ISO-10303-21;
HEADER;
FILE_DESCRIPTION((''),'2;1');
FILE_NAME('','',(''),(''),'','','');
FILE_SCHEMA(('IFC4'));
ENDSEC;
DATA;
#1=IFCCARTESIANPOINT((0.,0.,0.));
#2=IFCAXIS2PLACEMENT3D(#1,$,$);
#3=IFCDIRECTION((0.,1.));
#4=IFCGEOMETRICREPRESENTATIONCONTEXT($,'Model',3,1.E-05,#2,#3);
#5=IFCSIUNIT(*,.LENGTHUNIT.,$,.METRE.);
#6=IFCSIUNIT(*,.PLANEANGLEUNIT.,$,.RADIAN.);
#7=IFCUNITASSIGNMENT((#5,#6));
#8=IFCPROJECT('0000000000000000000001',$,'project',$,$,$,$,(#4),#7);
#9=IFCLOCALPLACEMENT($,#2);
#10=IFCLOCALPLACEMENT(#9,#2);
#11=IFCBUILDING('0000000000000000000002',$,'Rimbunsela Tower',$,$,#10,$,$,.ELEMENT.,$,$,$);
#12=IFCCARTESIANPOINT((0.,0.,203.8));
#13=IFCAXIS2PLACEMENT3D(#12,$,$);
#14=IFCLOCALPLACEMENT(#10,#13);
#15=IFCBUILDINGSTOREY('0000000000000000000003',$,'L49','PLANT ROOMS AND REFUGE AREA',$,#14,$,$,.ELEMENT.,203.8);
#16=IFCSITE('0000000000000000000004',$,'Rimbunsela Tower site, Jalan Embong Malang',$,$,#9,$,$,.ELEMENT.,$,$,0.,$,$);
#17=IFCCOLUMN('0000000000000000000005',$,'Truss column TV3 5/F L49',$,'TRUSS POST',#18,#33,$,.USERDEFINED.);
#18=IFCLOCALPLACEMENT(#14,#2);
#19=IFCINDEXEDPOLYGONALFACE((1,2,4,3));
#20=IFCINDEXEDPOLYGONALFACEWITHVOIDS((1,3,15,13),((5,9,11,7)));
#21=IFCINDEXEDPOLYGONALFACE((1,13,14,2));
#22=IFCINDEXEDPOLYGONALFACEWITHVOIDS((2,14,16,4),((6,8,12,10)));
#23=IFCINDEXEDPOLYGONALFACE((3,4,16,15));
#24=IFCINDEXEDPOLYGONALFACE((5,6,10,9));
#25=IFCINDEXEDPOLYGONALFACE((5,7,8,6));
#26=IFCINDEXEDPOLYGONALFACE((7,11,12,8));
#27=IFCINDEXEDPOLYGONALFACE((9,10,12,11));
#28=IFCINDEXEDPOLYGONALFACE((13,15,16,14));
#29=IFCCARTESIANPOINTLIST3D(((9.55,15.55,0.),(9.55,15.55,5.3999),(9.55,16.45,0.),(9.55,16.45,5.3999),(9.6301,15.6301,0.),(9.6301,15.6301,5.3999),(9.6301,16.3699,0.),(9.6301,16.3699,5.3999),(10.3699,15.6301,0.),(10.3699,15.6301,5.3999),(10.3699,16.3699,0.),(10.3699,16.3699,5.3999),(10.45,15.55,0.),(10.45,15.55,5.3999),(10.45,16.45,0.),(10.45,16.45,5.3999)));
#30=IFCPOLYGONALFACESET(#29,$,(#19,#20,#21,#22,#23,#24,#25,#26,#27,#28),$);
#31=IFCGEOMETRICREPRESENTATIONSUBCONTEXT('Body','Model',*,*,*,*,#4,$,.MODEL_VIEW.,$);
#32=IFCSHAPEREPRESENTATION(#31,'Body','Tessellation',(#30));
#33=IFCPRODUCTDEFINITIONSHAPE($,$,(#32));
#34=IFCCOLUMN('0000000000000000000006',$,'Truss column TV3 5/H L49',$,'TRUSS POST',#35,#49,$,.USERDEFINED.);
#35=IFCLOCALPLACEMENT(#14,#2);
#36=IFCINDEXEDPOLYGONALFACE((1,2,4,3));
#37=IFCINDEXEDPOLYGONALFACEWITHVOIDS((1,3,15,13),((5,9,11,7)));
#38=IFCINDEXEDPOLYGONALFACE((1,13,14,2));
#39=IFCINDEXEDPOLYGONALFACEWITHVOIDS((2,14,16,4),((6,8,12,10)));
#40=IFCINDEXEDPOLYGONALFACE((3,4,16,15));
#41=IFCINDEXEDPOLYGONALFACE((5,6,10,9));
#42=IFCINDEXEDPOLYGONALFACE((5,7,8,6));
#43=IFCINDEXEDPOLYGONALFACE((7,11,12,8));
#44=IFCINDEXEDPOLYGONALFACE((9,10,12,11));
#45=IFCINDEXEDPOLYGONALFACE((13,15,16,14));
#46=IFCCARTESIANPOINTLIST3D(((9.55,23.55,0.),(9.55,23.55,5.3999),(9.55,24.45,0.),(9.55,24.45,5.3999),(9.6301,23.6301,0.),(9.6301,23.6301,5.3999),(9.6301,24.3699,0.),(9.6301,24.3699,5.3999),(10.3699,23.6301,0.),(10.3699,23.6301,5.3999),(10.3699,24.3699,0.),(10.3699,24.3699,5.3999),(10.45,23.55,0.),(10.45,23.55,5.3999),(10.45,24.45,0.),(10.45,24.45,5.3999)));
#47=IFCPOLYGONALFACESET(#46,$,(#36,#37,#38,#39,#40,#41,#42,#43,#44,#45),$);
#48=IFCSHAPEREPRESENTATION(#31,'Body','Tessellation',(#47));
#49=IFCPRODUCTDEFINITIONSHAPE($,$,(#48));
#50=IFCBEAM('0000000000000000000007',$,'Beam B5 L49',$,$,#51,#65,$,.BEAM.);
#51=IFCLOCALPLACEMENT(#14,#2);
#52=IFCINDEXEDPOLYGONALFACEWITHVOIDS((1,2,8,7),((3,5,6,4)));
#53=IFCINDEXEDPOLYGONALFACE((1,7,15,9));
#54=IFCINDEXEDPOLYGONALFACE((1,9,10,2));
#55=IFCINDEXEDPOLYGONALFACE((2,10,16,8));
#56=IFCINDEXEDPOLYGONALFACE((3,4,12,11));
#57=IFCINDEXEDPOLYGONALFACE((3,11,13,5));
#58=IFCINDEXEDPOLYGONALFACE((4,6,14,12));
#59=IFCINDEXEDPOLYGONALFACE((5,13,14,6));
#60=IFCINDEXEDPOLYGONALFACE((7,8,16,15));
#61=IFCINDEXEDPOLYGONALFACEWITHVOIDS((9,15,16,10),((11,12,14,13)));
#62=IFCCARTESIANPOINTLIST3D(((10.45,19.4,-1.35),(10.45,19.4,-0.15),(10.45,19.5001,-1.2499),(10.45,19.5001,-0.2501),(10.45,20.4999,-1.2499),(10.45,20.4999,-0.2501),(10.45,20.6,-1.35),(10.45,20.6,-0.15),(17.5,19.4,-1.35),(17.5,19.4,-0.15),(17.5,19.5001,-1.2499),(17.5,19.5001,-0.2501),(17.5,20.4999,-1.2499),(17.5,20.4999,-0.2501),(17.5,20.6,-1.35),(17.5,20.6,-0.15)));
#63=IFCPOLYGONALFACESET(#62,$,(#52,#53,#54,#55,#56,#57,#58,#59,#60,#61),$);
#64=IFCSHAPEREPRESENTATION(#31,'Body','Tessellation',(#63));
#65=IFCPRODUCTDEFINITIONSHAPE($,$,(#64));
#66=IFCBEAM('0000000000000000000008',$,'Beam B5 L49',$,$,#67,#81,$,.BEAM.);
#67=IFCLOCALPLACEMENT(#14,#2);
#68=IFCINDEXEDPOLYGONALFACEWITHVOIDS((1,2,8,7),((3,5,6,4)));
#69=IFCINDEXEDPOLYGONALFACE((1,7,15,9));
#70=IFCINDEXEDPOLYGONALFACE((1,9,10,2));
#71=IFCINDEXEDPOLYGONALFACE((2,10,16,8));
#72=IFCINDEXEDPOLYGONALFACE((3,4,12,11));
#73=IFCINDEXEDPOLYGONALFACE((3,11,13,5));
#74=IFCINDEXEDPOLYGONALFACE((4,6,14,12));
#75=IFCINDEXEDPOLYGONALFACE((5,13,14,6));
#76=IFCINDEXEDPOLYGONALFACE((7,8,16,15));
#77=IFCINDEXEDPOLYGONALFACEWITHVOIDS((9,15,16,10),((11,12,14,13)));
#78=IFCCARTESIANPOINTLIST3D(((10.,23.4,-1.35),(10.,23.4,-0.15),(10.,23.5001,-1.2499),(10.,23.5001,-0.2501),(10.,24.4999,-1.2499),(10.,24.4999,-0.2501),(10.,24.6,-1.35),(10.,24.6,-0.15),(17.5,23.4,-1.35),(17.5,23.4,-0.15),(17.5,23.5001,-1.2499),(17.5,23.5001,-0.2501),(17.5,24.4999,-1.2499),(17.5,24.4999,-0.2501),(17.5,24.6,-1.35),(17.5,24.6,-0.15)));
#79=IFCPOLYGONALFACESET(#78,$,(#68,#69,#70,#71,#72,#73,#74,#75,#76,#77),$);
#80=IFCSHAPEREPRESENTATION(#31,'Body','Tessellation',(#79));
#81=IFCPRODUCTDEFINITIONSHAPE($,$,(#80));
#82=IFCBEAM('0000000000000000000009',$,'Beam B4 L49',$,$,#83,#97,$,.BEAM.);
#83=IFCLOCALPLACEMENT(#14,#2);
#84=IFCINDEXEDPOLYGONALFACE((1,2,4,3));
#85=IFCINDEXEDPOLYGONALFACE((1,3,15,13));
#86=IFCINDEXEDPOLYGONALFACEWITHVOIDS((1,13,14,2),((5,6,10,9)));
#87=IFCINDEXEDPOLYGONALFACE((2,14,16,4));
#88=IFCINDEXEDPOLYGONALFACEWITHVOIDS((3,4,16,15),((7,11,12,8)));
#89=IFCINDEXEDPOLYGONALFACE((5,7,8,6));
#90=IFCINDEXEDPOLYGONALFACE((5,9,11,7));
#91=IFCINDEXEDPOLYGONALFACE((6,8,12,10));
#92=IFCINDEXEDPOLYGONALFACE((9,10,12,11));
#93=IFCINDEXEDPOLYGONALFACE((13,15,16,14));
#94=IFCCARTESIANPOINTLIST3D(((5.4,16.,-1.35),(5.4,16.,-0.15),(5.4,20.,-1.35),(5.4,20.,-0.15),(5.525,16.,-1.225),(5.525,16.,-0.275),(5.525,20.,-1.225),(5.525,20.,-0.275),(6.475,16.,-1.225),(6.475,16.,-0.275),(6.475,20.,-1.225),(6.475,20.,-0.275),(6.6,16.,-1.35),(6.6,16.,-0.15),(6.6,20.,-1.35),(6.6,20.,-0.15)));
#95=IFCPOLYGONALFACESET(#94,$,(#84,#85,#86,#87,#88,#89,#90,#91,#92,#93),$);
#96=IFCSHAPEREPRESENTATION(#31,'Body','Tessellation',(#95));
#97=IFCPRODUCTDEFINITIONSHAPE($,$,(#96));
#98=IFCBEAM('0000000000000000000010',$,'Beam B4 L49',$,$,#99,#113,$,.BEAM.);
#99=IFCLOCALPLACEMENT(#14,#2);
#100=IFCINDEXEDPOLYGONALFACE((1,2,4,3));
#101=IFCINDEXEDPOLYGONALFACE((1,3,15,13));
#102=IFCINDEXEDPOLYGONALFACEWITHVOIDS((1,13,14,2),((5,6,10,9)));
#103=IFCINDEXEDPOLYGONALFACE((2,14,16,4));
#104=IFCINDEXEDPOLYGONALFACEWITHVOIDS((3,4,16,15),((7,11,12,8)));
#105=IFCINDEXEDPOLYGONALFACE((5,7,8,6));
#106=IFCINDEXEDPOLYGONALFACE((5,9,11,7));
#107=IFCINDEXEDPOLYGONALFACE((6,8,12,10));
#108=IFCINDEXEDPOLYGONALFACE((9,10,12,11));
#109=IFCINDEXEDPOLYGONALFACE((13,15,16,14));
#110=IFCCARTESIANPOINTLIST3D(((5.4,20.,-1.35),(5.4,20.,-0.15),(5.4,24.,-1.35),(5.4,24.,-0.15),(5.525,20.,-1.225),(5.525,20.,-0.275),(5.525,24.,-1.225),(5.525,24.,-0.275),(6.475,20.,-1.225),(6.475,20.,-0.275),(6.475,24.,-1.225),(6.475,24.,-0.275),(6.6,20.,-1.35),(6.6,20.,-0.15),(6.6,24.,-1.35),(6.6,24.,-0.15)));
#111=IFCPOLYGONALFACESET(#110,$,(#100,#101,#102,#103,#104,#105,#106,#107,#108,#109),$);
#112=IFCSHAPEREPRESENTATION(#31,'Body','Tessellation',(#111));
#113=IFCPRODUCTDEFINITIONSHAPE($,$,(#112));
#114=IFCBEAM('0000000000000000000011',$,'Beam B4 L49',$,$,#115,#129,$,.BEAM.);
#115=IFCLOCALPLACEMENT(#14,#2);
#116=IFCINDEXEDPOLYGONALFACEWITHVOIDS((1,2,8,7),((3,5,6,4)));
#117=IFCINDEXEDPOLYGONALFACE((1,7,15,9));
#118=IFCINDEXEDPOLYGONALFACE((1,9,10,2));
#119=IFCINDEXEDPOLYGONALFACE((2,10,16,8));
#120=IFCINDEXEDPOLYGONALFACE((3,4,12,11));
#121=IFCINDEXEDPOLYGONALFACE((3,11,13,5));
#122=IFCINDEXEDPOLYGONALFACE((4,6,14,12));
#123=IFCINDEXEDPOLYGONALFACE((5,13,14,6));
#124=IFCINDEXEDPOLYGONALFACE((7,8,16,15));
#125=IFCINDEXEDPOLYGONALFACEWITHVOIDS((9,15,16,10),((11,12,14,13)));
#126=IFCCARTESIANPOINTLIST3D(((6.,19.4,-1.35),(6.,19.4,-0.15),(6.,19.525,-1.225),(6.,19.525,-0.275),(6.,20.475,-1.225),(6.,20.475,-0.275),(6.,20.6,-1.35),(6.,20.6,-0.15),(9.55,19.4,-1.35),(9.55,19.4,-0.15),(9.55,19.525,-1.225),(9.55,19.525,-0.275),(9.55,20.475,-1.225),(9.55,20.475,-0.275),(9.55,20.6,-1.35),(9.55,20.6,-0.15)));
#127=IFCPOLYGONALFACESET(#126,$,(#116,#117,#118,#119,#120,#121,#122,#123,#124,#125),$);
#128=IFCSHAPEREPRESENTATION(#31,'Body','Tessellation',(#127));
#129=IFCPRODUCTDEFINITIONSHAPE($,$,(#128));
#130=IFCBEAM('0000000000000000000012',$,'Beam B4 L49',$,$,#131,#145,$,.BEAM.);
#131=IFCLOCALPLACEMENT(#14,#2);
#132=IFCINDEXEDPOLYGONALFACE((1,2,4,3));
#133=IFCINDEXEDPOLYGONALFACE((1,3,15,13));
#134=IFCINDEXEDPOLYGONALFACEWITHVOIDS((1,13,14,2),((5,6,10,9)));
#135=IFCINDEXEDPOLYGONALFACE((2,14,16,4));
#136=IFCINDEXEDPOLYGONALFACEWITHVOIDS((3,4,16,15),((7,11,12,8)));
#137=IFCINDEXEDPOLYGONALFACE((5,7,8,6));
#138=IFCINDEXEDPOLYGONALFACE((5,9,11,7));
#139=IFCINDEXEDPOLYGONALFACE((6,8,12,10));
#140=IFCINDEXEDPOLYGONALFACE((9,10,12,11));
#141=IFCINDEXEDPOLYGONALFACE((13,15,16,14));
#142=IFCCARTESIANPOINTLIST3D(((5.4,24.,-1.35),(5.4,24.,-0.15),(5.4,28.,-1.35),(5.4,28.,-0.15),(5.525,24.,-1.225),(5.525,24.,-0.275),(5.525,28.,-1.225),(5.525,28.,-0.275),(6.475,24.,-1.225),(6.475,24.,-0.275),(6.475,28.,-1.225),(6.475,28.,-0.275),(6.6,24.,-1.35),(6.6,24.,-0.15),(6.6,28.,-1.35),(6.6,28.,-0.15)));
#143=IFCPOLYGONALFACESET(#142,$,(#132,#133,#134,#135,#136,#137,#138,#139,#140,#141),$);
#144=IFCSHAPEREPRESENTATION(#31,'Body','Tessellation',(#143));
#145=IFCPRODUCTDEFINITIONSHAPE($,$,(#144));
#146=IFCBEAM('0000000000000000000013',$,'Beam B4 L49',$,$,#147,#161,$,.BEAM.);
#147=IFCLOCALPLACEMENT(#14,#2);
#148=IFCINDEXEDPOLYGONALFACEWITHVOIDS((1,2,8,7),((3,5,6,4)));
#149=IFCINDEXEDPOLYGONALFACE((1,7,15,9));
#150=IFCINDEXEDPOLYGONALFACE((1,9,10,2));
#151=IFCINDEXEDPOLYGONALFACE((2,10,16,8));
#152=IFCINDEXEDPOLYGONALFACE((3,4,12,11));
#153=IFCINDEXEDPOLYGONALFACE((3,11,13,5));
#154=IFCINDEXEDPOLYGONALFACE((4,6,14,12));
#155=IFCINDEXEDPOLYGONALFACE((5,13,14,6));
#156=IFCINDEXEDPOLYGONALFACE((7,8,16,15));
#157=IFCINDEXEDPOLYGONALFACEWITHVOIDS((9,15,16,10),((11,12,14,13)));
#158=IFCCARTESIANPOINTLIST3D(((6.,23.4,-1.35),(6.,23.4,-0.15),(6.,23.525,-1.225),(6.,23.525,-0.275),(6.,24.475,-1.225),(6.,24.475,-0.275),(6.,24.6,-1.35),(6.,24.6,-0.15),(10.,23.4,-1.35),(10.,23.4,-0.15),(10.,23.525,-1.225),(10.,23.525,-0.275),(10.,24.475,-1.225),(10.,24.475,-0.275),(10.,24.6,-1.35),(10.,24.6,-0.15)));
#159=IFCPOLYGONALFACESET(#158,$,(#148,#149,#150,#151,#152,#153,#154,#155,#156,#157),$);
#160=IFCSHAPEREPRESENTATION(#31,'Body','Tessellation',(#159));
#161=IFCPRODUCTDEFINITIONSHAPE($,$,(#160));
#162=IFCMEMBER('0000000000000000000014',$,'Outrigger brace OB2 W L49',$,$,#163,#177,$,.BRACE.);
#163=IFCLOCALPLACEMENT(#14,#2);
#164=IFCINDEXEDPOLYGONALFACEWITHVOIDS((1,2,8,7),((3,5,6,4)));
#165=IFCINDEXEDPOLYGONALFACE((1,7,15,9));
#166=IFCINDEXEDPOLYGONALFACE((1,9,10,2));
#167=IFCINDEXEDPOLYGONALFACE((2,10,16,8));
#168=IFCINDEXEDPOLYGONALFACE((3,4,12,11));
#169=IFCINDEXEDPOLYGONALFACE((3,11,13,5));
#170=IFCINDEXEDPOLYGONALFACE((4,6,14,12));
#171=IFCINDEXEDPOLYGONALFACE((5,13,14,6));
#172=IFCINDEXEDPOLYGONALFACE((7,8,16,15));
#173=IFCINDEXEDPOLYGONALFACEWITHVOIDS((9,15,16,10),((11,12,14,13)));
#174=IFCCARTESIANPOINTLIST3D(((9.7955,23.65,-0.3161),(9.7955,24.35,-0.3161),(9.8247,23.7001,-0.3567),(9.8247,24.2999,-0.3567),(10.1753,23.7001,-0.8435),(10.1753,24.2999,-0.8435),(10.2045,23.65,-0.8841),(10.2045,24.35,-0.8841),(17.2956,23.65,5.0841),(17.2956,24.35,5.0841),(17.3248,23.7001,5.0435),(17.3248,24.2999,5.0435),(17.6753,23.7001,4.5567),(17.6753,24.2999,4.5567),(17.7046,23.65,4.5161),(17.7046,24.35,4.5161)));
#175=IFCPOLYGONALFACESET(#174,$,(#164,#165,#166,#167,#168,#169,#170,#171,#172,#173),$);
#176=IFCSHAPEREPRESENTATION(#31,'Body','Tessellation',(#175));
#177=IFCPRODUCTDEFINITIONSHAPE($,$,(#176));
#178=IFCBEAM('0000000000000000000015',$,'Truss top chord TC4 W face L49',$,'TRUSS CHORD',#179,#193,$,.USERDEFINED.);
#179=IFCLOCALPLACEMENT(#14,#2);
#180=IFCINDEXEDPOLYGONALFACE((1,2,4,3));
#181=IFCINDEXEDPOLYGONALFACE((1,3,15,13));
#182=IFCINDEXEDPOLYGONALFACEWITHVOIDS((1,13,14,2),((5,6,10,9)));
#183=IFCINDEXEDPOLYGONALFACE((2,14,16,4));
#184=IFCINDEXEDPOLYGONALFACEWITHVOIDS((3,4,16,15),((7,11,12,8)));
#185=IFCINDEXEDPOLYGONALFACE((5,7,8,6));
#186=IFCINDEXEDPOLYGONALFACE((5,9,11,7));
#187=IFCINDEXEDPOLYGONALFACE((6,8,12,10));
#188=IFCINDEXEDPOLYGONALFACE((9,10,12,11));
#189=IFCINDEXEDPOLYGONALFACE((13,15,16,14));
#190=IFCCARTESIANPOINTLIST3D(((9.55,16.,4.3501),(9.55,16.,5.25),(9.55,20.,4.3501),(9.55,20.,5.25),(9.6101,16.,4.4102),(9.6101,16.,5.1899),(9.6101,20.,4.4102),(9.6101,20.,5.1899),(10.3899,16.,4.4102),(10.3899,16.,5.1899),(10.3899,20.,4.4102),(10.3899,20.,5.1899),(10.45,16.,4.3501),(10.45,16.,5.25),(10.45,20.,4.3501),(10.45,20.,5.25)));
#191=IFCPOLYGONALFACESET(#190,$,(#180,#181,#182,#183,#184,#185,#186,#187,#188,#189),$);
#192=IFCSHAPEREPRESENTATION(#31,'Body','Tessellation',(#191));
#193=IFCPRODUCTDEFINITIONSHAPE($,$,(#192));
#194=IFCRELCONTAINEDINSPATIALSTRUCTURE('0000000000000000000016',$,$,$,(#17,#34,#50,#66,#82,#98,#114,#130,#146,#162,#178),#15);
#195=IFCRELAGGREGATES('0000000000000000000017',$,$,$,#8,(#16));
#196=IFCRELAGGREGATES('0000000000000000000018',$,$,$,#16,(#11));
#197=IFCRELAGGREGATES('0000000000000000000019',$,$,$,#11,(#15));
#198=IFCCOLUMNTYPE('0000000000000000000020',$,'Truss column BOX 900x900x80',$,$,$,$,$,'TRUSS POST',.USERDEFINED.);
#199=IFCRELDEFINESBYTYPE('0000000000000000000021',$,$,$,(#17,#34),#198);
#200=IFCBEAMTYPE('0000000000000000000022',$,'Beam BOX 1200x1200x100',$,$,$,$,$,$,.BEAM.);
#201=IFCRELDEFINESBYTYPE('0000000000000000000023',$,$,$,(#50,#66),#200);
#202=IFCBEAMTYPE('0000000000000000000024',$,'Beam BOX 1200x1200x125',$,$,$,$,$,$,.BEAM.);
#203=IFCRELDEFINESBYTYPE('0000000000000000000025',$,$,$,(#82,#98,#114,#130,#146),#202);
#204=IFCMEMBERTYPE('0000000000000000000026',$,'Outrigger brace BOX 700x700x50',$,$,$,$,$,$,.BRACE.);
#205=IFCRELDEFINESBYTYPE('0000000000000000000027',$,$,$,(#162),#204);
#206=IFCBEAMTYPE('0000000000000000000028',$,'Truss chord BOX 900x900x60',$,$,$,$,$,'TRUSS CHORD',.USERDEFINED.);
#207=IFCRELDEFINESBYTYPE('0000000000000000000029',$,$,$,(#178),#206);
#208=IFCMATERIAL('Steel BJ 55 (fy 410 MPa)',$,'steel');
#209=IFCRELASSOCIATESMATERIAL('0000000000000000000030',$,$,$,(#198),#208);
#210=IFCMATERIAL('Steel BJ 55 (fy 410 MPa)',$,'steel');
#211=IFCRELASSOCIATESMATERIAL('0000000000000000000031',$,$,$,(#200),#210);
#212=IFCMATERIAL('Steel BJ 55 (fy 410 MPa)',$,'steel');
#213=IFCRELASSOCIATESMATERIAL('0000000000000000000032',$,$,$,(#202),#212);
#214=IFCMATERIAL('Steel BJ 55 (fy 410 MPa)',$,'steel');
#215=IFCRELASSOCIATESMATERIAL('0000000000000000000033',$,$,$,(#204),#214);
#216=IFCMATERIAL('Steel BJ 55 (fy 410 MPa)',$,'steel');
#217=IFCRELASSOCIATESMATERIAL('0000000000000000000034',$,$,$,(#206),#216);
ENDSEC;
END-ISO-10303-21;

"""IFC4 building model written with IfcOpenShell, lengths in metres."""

from ifc_helpers import new_model, si_unit, direction, frame, origin, origin_2d, place, context, subcontext, project, spatial, hollow_rectangle, extrude, material, material_profile, profile_set, type_object, element, save


model = new_model("IFC4")

# Units and contexts
model_context = context("Model", 3, precision=1e-05, world=origin(), true_north=direction((0.0, 1.0)))
body_context = subcontext(model_context, "Body", "Model", "MODEL_VIEW")
ifc_project = project(units=[si_unit("LENGTHUNIT", "METRE"), si_unit("PLANEANGLEUNIT", "RADIAN")], contexts=[model_context])

# Site, building, storey
site_placement = place(None, origin())
site = spatial("IfcSite", under=ifc_project, at=site_placement, Name="Rimbunsela Tower site, Jalan Embong Malang", CompositionType="ELEMENT", RefElevation=0.0)
building_placement = place(site_placement, origin())
building = spatial("IfcBuilding", under=site, at=building_placement, Name="Rimbunsela Tower", CompositionType="ELEMENT")
storey_placement = place(building_placement, frame((0.0, 0.0, 203.8)))
storey = spatial("IfcBuildingStorey", under=building, at=storey_placement, Name="L49", Description="PLANT ROOMS AND REFUGE AREA", CompositionType="ELEMENT", Elevation=203.8)

# Columns
ifc_material_1 = material(Name="Steel BJ 55 (fy 410 MPa)", Category="steel")
ifc_material_profile_1 = material_profile(ifc_material_1, hollow_rectangle(XDim=0.8999, YDim=0.8999, WallThickness=0.0801, at=origin_2d()), Name="BOX 900x900x80")
ifc_profile_set_1 = profile_set([ifc_material_profile_1], Name="Steel BJ 55 (fy 410 MPa)")
column_type = type_object("IfcColumnType", Name="Truss column BOX 900x900x80", ElementType="TRUSS POST", PredefinedType="USERDEFINED", material=ifc_profile_set_1)
for number, where, z_axis, x_axis, name in (
    (1, (10.0, 16.0, 0.0), (0.0, 0.0, 1.0), (1.0, 0.0, 0.0), "Truss column TV3 5/F L49"),
    (2, (10.0, 24.0, 0.0), (0.0, 0.0, 1.0), (1.0, 0.0, 0.0), "Truss column TV3 5/H L49"),
):
    element("IfcColumn", number, at=place(storey_placement, frame(where, z_axis=z_axis, x_axis=x_axis)), inside=storey, type_object=column_type, Name=name, ObjectType="TRUSS POST", PredefinedType="USERDEFINED", context=body_context, shape_type="SweptSolid", body=[
        extrude(hollow_rectangle(XDim=0.8999, YDim=0.8999, WallThickness=0.0801, at=origin_2d()), origin(), (0.0, 0.0, 1.0), 5.3999),
    ])

# Beams
ifc_material_2 = material(Name="Steel BJ 55 (fy 410 MPa)", Category="steel")
ifc_material_profile_2 = material_profile(ifc_material_2, hollow_rectangle(XDim=1.2, YDim=1.2, WallThickness=0.1001, at=origin_2d()), Name="BOX 1200x1200x100")
ifc_profile_set_2 = profile_set([ifc_material_profile_2], Name="Steel BJ 55 (fy 410 MPa)")
beam_type_1 = type_object("IfcBeamType", Name="Beam BOX 1200x1200x100", PredefinedType="BEAM", material=ifc_profile_set_2)
beam_1_placement = place(storey_placement, frame((10.45, 20.0, -0.75), z_axis=(1.0, 0.0, 0.0), x_axis=(0.0, 1.0, 0.0)))
element("IfcBeam", 3, at=beam_1_placement, inside=storey, type_object=beam_type_1, Name="Beam B5 L49", PredefinedType="BEAM", context=body_context, shape_type="SweptSolid", body=[
    extrude(hollow_rectangle(XDim=1.2, YDim=1.2, WallThickness=0.1001, at=origin_2d()), origin(), (0.0, 0.0, 1.0), 7.05),
])
beam_2_placement = place(storey_placement, frame((10.0, 24.0, -0.75), z_axis=(1.0, 0.0, 0.0), x_axis=(0.0, 1.0, 0.0)))
element("IfcBeam", 4, at=beam_2_placement, inside=storey, type_object=beam_type_1, Name="Beam B5 L49", PredefinedType="BEAM", context=body_context, shape_type="SweptSolid", body=[
    extrude(hollow_rectangle(XDim=1.2, YDim=1.2, WallThickness=0.1001, at=origin_2d()), origin(), (0.0, 0.0, 1.0), 7.5),
])
ifc_material_3 = material(Name="Steel BJ 55 (fy 410 MPa)", Category="steel")
ifc_material_profile_3 = material_profile(ifc_material_3, hollow_rectangle(XDim=1.2, YDim=1.2, WallThickness=0.125, at=origin_2d()), Name="BOX 1200x1200x125")
ifc_profile_set_3 = profile_set([ifc_material_profile_3], Name="Steel BJ 55 (fy 410 MPa)")
beam_type_2 = type_object("IfcBeamType", Name="Beam BOX 1200x1200x125", PredefinedType="BEAM", material=ifc_profile_set_3)
for number, where, z_axis, x_axis, name in (
    (5, (6.0, 16.0, -0.75), (0.0, 1.0, 0.0), (-1.0, 0.0, 0.0), "Beam B4 L49"),
    (6, (6.0, 20.0, -0.75), (0.0, 1.0, 0.0), (-1.0, 0.0, 0.0), "Beam B4 L49"),
):
    element("IfcBeam", number, at=place(storey_placement, frame(where, z_axis=z_axis, x_axis=x_axis)), inside=storey, type_object=beam_type_2, Name=name, PredefinedType="BEAM", context=body_context, shape_type="SweptSolid", body=[
        extrude(hollow_rectangle(XDim=1.2, YDim=1.2, WallThickness=0.125, at=origin_2d()), origin(), (0.0, 0.0, 1.0), 4.0),
    ])
beam_3_placement = place(storey_placement, frame((6.0, 20.0, -0.75), z_axis=(1.0, 0.0, 0.0), x_axis=(0.0, 1.0, 0.0)))
element("IfcBeam", 7, at=beam_3_placement, inside=storey, type_object=beam_type_2, Name="Beam B4 L49", PredefinedType="BEAM", context=body_context, shape_type="SweptSolid", body=[
    extrude(hollow_rectangle(XDim=1.2, YDim=1.2, WallThickness=0.125, at=origin_2d()), origin(), (0.0, 0.0, 1.0), 3.55),
])
for number, where, z_axis, x_axis, name in (
    (8, (6.0, 24.0, -0.75), (0.0, 1.0, 0.0), (-1.0, 0.0, 0.0), "Beam B4 L49"),
    (9, (6.0, 24.0, -0.75), (1.0, 0.0, 0.0), (0.0, 1.0, 0.0), "Beam B4 L49"),
):
    element("IfcBeam", number, at=place(storey_placement, frame(where, z_axis=z_axis, x_axis=x_axis)), inside=storey, type_object=beam_type_2, Name=name, PredefinedType="BEAM", context=body_context, shape_type="SweptSolid", body=[
        extrude(hollow_rectangle(XDim=1.2, YDim=1.2, WallThickness=0.125, at=origin_2d()), origin(), (0.0, 0.0, 1.0), 4.0),
    ])

# Member
ifc_material_4 = material(Name="Steel BJ 55 (fy 410 MPa)", Category="steel")
ifc_material_profile_4 = material_profile(ifc_material_4, hollow_rectangle(XDim=0.7, YDim=0.7, WallThickness=0.05, at=origin_2d()), Name="BOX 700x700x50")
ifc_profile_set_4 = profile_set([ifc_material_profile_4], Name="Steel BJ 55 (fy 410 MPa)")
member_type_1 = type_object("IfcMemberType", Name="Outrigger brace BOX 700x700x50", PredefinedType="BRACE", material=ifc_profile_set_4)
member_placement = place(storey_placement, frame((10.0, 24.0, -0.6001), z_axis=(0.811527, 0.0, 0.584315), x_axis=(0.0, 1.0, 0.0)))
element("IfcMember", 10, at=member_placement, inside=storey, type_object=member_type_1, Name="Outrigger brace OB2 W L49", PredefinedType="BRACE", context=body_context, shape_type="SweptSolid", body=[
    extrude(hollow_rectangle(XDim=0.7, YDim=0.7, WallThickness=0.05, at=origin_2d()), origin(), (0.0, 0.0, 1.0), 9.2419),
])

# Beam
ifc_material_5 = material(Name="Steel BJ 55 (fy 410 MPa)", Category="steel")
ifc_material_profile_5 = material_profile(ifc_material_5, hollow_rectangle(XDim=0.8999, YDim=0.8999, WallThickness=0.0601, at=origin_2d()), Name="BOX 900x900x60")
ifc_profile_set_5 = profile_set([ifc_material_profile_5], Name="Steel BJ 55 (fy 410 MPa)")
beam_type_3 = type_object("IfcBeamType", Name="Truss chord BOX 900x900x60", ElementType="TRUSS CHORD", PredefinedType="USERDEFINED", material=ifc_profile_set_5)
for number, where, z_axis, x_axis, name in (
    (11, (10.0, 16.0, 4.8), (0.0, 1.0, 0.0), (-1.0, 0.0, 0.0), "Truss top chord TC4 W face L49"),
):
    element("IfcBeam", number, at=place(storey_placement, frame(where, z_axis=z_axis, x_axis=x_axis)), inside=storey, type_object=beam_type_3, Name=name, ObjectType="TRUSS CHORD", PredefinedType="USERDEFINED", context=body_context, shape_type="SweptSolid", body=[
        extrude(hollow_rectangle(XDim=0.8999, YDim=0.8999, WallThickness=0.0601, at=origin_2d()), origin(), (0.0, 0.0, 1.0), 4.0),
    ])

save(model, "model.ifc")
